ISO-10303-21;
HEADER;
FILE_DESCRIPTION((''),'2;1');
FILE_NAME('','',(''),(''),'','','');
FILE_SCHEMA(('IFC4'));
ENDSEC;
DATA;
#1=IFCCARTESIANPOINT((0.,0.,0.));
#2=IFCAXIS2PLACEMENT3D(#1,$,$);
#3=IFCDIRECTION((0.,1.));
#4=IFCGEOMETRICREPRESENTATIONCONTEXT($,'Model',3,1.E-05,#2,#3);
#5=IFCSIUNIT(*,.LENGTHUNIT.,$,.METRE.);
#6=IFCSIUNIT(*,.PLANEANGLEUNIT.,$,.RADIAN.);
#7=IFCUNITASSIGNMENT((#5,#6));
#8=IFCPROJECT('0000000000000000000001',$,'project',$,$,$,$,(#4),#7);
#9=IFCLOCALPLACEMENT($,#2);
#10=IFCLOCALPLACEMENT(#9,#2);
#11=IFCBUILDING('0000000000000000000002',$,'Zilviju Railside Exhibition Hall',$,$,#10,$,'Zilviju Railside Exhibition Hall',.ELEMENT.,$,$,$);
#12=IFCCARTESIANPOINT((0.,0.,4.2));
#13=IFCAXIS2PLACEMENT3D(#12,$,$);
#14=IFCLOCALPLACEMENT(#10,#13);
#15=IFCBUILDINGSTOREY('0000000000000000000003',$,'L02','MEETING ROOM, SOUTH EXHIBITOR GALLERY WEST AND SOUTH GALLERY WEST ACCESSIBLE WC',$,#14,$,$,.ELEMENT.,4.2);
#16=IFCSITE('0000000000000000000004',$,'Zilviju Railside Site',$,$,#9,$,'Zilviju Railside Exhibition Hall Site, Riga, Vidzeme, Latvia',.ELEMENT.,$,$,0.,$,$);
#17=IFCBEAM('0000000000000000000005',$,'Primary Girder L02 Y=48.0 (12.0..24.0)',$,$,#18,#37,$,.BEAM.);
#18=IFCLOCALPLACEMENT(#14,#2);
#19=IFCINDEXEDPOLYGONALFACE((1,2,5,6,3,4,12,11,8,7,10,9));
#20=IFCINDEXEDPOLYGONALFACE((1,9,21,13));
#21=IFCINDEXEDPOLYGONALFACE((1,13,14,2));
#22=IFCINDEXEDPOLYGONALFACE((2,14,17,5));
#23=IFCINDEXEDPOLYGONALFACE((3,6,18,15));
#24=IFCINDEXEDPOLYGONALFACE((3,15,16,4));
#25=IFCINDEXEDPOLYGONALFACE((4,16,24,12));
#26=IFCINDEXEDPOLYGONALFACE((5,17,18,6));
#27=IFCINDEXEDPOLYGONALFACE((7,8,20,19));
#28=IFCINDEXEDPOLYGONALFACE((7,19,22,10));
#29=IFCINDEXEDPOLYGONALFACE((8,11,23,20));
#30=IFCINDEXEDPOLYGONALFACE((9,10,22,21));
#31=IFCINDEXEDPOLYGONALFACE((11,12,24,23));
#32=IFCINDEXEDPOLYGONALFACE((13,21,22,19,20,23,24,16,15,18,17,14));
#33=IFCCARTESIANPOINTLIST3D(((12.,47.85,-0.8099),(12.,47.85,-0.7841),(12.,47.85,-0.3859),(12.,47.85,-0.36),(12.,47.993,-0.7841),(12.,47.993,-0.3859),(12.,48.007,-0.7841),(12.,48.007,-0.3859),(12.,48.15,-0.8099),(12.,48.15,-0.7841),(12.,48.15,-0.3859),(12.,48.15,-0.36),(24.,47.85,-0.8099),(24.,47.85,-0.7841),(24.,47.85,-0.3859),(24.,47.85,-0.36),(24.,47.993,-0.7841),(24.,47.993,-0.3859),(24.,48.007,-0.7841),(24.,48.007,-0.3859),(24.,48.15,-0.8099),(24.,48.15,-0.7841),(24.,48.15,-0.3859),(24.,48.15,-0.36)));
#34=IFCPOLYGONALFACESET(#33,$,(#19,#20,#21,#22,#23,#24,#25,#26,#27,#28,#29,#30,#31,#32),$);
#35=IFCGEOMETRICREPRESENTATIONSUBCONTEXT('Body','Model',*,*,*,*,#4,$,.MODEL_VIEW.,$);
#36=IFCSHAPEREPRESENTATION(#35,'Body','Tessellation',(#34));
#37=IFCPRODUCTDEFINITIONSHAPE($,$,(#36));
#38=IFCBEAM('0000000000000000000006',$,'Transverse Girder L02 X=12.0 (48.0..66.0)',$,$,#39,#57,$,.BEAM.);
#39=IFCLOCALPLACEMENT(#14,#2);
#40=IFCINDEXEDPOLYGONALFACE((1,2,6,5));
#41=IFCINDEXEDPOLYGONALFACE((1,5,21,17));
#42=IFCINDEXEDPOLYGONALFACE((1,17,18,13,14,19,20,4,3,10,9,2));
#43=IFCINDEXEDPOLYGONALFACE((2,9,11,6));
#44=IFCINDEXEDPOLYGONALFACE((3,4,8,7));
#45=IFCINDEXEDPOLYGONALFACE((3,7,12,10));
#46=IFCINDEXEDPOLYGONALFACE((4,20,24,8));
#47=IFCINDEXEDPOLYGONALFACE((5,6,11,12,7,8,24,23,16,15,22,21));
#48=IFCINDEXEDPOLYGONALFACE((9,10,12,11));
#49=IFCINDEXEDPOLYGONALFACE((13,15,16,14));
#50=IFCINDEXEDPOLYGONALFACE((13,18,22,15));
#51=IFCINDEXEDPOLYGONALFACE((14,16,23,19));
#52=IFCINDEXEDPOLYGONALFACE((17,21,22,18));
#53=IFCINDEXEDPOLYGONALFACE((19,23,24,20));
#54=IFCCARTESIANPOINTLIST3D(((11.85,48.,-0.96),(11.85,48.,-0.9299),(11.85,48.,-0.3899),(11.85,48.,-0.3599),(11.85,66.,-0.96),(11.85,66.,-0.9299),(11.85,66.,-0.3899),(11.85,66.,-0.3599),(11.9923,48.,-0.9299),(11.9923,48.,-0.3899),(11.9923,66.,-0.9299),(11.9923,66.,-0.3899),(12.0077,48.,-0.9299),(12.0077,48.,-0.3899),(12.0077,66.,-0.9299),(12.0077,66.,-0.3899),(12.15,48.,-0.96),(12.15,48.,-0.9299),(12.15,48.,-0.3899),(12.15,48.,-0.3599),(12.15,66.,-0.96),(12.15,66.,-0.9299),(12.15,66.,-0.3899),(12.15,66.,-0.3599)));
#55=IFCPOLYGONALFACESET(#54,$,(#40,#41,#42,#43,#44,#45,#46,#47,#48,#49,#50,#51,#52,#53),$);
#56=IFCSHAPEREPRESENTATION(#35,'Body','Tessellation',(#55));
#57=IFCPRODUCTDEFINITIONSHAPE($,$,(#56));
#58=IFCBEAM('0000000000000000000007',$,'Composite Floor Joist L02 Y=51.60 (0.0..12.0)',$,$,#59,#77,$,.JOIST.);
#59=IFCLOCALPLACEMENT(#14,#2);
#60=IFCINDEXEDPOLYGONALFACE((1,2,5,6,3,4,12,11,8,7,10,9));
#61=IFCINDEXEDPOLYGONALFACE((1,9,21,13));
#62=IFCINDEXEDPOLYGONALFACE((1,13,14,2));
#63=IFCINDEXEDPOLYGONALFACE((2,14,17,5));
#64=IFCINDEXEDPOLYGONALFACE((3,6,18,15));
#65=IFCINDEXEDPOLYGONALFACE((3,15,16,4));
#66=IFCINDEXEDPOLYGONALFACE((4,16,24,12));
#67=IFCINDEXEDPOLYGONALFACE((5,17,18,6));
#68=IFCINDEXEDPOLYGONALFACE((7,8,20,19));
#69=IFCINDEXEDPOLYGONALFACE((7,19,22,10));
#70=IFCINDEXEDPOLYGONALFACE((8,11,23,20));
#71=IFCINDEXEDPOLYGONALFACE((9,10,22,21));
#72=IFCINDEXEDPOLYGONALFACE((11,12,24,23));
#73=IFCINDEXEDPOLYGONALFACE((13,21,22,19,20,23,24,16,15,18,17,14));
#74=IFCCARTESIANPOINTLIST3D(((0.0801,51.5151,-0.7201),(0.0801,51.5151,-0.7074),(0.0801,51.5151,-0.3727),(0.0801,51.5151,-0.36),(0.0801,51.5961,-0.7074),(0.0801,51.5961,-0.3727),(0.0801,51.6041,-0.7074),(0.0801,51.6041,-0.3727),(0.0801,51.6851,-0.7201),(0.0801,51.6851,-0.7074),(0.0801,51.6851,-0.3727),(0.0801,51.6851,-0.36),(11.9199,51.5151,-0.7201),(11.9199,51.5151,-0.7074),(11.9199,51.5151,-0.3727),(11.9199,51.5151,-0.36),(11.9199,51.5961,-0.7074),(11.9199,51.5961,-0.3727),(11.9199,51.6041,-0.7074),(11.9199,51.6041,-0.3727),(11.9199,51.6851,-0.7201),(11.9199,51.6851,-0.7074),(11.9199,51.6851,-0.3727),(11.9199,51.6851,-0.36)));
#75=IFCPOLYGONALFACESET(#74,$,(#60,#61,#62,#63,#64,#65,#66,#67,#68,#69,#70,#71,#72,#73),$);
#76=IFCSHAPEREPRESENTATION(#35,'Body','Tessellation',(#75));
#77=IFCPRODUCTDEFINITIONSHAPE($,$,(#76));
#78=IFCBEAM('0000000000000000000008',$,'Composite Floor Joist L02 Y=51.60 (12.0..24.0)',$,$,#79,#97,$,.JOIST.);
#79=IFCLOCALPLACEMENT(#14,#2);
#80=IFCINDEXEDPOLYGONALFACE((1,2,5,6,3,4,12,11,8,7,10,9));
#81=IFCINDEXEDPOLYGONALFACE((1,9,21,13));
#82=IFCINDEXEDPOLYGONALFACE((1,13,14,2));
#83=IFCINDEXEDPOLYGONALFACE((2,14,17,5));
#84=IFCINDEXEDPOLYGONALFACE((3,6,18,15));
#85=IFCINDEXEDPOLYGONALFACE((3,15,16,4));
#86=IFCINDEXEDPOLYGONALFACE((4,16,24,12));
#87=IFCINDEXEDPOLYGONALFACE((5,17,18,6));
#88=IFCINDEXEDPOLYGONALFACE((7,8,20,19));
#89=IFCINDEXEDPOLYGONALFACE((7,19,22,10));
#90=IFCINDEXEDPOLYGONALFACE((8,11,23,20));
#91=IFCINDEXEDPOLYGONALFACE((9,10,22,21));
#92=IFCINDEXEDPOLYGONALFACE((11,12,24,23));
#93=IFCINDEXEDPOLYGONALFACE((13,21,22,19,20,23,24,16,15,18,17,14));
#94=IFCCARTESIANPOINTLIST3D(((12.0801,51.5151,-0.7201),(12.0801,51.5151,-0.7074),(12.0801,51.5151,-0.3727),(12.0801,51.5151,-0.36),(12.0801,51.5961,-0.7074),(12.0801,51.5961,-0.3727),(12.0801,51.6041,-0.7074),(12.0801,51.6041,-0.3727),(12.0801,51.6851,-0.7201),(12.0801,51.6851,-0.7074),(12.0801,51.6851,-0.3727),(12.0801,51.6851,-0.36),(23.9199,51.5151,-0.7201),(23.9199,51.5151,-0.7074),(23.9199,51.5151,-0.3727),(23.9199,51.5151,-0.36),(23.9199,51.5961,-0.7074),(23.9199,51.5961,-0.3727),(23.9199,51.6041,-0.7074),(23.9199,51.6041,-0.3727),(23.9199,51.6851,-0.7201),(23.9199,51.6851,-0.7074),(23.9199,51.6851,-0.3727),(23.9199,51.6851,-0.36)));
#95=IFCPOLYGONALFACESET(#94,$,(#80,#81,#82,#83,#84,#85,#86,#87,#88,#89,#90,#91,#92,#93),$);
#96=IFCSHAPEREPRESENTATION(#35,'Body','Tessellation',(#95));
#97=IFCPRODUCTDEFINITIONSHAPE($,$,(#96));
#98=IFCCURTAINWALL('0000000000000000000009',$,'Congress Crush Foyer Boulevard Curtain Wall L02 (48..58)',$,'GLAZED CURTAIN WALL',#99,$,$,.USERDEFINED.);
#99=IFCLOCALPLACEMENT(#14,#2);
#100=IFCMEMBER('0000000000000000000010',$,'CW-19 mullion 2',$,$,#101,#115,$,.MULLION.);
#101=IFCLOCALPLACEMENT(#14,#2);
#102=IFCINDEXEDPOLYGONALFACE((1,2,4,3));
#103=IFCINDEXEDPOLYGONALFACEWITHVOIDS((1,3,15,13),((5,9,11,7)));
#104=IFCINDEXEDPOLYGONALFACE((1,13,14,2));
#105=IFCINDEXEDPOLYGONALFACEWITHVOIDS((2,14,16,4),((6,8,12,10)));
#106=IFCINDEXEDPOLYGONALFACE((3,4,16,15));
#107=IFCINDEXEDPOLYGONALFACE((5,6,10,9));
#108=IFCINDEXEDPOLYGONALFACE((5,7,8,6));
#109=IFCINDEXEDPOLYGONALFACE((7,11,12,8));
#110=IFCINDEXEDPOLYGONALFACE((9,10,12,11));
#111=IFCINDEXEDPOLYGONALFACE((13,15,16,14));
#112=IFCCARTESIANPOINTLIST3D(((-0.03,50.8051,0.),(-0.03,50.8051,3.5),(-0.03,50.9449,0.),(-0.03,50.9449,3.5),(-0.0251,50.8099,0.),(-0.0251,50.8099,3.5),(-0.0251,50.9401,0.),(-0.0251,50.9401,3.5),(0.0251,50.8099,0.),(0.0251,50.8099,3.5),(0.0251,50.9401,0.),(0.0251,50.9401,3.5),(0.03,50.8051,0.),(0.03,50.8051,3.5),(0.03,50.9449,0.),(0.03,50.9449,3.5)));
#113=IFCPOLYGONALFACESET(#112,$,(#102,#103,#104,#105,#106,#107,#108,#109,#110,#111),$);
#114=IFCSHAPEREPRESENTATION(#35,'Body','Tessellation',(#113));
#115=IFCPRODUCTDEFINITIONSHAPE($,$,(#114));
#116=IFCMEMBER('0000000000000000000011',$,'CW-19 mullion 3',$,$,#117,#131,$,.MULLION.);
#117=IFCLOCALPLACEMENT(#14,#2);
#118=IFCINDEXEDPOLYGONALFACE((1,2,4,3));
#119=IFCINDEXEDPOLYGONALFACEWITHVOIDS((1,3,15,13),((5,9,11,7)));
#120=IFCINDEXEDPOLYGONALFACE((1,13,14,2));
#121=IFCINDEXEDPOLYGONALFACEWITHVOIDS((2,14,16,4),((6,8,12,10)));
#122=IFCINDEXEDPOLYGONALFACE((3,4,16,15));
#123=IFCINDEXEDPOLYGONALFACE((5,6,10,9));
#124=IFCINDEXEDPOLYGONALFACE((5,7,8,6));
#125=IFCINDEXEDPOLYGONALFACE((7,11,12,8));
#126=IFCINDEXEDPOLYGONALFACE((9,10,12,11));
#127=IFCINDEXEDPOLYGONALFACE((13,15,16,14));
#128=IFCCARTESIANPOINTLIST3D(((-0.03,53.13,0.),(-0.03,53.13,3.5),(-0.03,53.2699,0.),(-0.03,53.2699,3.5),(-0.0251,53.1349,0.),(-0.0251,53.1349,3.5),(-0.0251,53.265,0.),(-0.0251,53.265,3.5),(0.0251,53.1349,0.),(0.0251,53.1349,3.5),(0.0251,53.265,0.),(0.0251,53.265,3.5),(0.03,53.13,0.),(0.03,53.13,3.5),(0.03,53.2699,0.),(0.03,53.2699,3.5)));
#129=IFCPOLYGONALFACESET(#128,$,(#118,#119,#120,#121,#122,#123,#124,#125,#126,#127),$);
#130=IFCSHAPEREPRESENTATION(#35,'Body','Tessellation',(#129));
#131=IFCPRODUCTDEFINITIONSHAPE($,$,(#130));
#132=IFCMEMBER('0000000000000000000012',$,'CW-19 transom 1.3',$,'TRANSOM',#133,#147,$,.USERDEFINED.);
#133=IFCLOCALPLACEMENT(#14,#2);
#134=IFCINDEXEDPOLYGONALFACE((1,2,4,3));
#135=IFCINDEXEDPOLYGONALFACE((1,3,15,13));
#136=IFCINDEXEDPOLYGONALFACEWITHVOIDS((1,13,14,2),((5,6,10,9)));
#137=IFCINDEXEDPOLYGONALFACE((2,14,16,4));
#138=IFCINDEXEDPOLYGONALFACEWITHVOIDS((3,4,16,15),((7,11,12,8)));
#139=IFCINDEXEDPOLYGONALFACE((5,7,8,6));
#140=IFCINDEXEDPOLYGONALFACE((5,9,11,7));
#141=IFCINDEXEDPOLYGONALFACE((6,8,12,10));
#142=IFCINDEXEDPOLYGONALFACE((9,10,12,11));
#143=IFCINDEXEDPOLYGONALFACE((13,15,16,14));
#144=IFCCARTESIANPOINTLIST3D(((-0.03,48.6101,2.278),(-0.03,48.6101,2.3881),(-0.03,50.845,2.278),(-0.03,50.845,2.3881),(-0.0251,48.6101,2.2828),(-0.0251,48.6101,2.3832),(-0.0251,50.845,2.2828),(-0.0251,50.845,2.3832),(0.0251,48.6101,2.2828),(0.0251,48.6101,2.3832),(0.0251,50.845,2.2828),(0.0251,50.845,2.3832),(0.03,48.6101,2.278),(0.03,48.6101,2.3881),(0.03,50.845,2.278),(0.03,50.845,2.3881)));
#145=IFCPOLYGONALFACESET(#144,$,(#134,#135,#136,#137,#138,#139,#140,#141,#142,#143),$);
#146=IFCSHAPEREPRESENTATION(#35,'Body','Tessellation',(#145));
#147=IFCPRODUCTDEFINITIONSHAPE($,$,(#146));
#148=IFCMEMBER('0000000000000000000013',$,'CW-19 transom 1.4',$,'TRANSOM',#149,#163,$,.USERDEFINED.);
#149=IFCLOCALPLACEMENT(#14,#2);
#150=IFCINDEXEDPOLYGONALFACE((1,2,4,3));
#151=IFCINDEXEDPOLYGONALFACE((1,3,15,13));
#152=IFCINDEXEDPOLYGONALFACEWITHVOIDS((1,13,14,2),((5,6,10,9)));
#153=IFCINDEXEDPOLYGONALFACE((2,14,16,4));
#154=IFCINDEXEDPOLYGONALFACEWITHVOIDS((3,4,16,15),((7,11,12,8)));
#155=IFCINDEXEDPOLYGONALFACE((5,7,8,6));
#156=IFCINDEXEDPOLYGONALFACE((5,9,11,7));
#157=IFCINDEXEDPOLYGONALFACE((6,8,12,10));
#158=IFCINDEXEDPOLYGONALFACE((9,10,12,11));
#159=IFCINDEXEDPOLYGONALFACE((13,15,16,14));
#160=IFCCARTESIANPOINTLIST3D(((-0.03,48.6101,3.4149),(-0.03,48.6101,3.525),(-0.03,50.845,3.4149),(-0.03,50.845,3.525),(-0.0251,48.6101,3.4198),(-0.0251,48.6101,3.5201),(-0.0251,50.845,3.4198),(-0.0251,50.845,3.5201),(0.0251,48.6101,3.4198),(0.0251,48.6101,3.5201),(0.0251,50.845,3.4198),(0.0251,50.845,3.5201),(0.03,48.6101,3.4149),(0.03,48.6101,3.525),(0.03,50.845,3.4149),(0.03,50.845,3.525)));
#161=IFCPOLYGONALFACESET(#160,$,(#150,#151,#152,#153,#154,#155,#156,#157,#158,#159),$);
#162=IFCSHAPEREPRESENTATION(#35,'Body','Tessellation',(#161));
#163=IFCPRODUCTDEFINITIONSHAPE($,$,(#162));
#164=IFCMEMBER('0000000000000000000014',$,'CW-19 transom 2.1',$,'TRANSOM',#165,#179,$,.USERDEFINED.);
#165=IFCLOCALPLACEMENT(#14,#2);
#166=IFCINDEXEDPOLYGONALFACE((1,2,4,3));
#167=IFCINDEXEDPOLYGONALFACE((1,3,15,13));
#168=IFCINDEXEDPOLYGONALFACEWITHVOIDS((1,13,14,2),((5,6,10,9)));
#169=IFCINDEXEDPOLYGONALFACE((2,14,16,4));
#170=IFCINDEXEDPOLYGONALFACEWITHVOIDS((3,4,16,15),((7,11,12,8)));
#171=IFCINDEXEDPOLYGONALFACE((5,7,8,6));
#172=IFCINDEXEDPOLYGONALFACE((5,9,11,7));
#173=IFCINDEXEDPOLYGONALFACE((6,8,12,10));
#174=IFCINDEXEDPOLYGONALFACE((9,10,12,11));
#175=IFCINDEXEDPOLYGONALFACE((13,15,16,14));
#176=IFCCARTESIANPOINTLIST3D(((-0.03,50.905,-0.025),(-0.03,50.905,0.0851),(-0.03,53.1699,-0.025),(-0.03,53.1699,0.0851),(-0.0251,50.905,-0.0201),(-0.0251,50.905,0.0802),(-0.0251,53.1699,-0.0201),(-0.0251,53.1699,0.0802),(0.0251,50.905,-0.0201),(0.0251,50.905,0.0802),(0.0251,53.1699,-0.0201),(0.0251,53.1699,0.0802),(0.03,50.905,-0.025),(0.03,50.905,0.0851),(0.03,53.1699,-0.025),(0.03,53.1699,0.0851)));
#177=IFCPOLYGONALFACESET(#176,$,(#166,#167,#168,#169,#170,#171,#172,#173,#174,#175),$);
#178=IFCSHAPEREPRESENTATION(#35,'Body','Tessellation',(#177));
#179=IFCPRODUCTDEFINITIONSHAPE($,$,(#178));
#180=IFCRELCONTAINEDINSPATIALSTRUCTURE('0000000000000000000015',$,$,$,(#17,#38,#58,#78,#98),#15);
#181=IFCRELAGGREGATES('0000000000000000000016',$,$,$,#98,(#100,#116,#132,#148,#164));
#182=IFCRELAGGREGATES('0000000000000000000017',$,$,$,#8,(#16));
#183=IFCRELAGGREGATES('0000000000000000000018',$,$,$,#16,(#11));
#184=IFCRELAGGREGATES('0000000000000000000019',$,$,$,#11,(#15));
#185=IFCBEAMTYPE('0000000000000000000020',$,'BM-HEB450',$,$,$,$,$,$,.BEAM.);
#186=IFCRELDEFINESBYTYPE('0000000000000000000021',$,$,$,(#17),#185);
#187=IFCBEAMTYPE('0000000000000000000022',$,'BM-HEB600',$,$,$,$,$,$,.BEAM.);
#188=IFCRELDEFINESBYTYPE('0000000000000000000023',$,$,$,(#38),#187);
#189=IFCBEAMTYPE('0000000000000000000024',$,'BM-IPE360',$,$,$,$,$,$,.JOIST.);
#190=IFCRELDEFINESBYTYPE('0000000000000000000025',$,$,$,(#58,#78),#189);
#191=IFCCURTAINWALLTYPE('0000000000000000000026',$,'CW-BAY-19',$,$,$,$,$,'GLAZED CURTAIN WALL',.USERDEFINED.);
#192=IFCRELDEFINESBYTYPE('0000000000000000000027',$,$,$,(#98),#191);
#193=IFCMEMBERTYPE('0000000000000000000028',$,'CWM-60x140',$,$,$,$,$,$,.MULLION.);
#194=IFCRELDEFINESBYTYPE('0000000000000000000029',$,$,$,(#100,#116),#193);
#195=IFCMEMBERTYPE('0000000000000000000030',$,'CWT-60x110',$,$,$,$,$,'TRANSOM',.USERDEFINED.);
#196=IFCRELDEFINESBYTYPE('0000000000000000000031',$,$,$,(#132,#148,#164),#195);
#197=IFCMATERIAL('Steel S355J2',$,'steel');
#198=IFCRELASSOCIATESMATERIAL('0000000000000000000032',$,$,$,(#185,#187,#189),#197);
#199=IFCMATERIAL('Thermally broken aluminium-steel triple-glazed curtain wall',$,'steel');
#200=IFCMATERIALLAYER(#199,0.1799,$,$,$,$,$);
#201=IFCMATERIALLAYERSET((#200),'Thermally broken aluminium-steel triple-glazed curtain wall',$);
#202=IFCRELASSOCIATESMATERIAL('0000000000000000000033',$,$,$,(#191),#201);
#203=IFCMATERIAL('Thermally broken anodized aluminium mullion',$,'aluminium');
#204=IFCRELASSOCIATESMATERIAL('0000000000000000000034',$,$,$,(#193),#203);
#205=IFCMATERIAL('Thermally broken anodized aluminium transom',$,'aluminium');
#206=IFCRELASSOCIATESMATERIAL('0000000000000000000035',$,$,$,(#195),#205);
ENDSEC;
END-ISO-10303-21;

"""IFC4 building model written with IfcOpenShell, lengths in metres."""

from ifc_helpers import new_model, si_unit, direction, frame, origin, origin_2d, place, context, subcontext, project, spatial, hollow_rectangle, i_section, extrude, material, layer, layer_set, material_profile, profile_set, type_object, element, aggregate, save


model = new_model("IFC4")

# Units and contexts
model_context = context("Model", 3, precision=1e-05, world=origin(), true_north=direction((0.0, 1.0)))
body_context = subcontext(model_context, "Body", "Model", "MODEL_VIEW")
ifc_project = project(units=[si_unit("LENGTHUNIT", "METRE"), si_unit("PLANEANGLEUNIT", "RADIAN")], contexts=[model_context])

# Site, building, storey
site_placement = place(None, origin())
site = spatial("IfcSite", under=ifc_project, at=site_placement, Name="Zilviju Railside Site", LongName="Zilviju Railside Exhibition Hall Site, Riga, Vidzeme, Latvia", CompositionType="ELEMENT", RefElevation=0.0)
building_placement = place(site_placement, origin())
building = spatial("IfcBuilding", under=site, at=building_placement, Name="Zilviju Railside Exhibition Hall", LongName="Zilviju Railside Exhibition Hall", CompositionType="ELEMENT")
storey_placement = place(building_placement, frame((0.0, 0.0, 4.2)))
storey = spatial("IfcBuildingStorey", under=building, at=storey_placement, Name="L02", Description="MEETING ROOM, SOUTH EXHIBITOR GALLERY WEST AND SOUTH GALLERY WEST ACCESSIBLE WC", CompositionType="ELEMENT", Elevation=4.2)

# Beams
ifc_material_1 = material(Name="Steel S355J2", Category="steel")
ifc_material_profile_1 = material_profile(ifc_material_1, i_section(OverallWidth=0.3, OverallDepth=0.45, WebThickness=0.0139, FlangeThickness=0.0259, at=origin_2d()), Name="HEB 450")
ifc_profile_set_1 = profile_set([ifc_material_profile_1], Name="Steel S355J2")
beam_type_1 = type_object("IfcBeamType", Name="BM-HEB450", PredefinedType="BEAM", material=ifc_profile_set_1)
beam_1_placement = place(storey_placement, frame((12.0, 48.0, -0.585), z_axis=(1.0, 0.0, 0.0), x_axis=(0.0, 1.0, 0.0)))
element("IfcBeam", 1, at=beam_1_placement, inside=storey, type_object=beam_type_1, Name="Primary Girder L02 Y=48.0 (12.0..24.0)", PredefinedType="BEAM", context=body_context, shape_type="SweptSolid", body=[
    extrude(i_section(OverallWidth=0.3, OverallDepth=0.45, WebThickness=0.0139, FlangeThickness=0.0259, at=origin_2d()), origin(), (0.0, 0.0, 1.0), 12.0),
])
ifc_material_profile_2 = material_profile(ifc_material_1, i_section(OverallWidth=0.3, OverallDepth=0.6001, WebThickness=0.0154, FlangeThickness=0.03, at=origin_2d()), Name="HEB 600")
ifc_profile_set_2 = profile_set([ifc_material_profile_2], Name="Steel S355J2")
beam_type_2 = type_object("IfcBeamType", Name="BM-HEB600", PredefinedType="BEAM", material=ifc_profile_set_2)
beam_2_placement = place(storey_placement, frame((12.0, 48.0, -0.6599), z_axis=(0.0, 1.0, 0.0), x_axis=(-1.0, 0.0, 0.0)))
element("IfcBeam", 2, at=beam_2_placement, inside=storey, type_object=beam_type_2, Name="Transverse Girder L02 X=12.0 (48.0..66.0)", PredefinedType="BEAM", context=body_context, shape_type="SweptSolid", body=[
    extrude(i_section(OverallWidth=0.3, OverallDepth=0.6001, WebThickness=0.0154, FlangeThickness=0.03, at=origin_2d()), origin(), (0.0, 0.0, 1.0), 18.0),
])
ifc_material_profile_3 = material_profile(ifc_material_1, i_section(OverallWidth=0.1699, OverallDepth=0.3601, WebThickness=0.0081, FlangeThickness=0.0127, at=origin_2d()), Name="IPE 360")
ifc_profile_set_3 = profile_set([ifc_material_profile_3], Name="Steel S355J2")
beam_type_3 = type_object("IfcBeamType", Name="BM-IPE360", PredefinedType="JOIST", material=ifc_profile_set_3)
for number, where, z_axis, x_axis, name in (
    (3, (0.0801, 51.6001, -0.54), (1.0, 0.0, 0.0), (0.0, 1.0, 0.0), "Composite Floor Joist L02 Y=51.60 (0.0..12.0)"),
    (4, (12.0801, 51.6001, -0.54), (1.0, 0.0, 0.0), (0.0, 1.0, 0.0), "Composite Floor Joist L02 Y=51.60 (12.0..24.0)"),
):
    element("IfcBeam", number, at=place(storey_placement, frame(where, z_axis=z_axis, x_axis=x_axis)), inside=storey, type_object=beam_type_3, Name=name, PredefinedType="JOIST", context=body_context, shape_type="SweptSolid", body=[
        extrude(i_section(OverallWidth=0.1699, OverallDepth=0.3601, WebThickness=0.0081, FlangeThickness=0.0127, at=origin_2d()), origin(), (0.0, 0.0, 1.0), 11.8398),
    ])

# Curtain wall, members
ifc_material_2 = material(Name="Thermally broken aluminium-steel triple-glazed curtain wall", Category="steel")
ifc_layer_1 = layer(ifc_material_2, 0.1799)
ifc_layer_set_1 = layer_set([ifc_layer_1], Name="Thermally broken aluminium-steel triple-glazed curtain wall")
curtain_wall_type = type_object("IfcCurtainWallType", Name="CW-BAY-19", ElementType="GLAZED CURTAIN WALL", PredefinedType="USERDEFINED", material=ifc_layer_set_1)
curtain_wall_placement = place(storey_placement, origin())
curtain_wall = element("IfcCurtainWall", 5, at=curtain_wall_placement, inside=storey, type_object=curtain_wall_type, Name="Congress Crush Foyer Boulevard Curtain Wall L02 (48..58)", ObjectType="GLAZED CURTAIN WALL", PredefinedType="USERDEFINED")
ifc_material_3 = material(Name="Thermally broken anodized aluminium mullion", Category="aluminium")
ifc_material_profile_4 = material_profile(ifc_material_3, hollow_rectangle(XDim=0.0601, YDim=0.1399, WallThickness=0.0049, at=origin_2d()), Name="MULLION 140x60x5")
ifc_profile_set_4 = profile_set([ifc_material_profile_4], Name="Thermally broken anodized aluminium mullion")
member_type_1 = type_object("IfcMemberType", Name="CWM-60x140", PredefinedType="MULLION", material=ifc_profile_set_4)
member_1_placement = place(storey_placement, frame((0.0, 50.875, 0.0), z_axis=(0.0, 0.0, 1.0), x_axis=(-1.0, 0.0, 0.0)))
member_1 = element("IfcMember", 6, at=member_1_placement, type_object=member_type_1, Name="CW-19 mullion 2", PredefinedType="MULLION", context=body_context, shape_type="SweptSolid", body=[
    extrude(hollow_rectangle(XDim=0.0601, YDim=0.1399, WallThickness=0.0049, at=origin_2d()), origin(), (0.0, 0.0, 1.0), 3.5),
])
member_2_placement = place(storey_placement, frame((0.0, 53.2, 0.0), z_axis=(0.0, 0.0, 1.0), x_axis=(-1.0, 0.0, 0.0)))
member_2 = element("IfcMember", 7, at=member_2_placement, type_object=member_type_1, Name="CW-19 mullion 3", PredefinedType="MULLION", context=body_context, shape_type="SweptSolid", body=[
    extrude(hollow_rectangle(XDim=0.0601, YDim=0.1399, WallThickness=0.0049, at=origin_2d()), origin(), (0.0, 0.0, 1.0), 3.5),
])
ifc_material_4 = material(Name="Thermally broken anodized aluminium transom", Category="aluminium")
ifc_material_profile_5 = material_profile(ifc_material_4, hollow_rectangle(XDim=0.0601, YDim=0.1101, WallThickness=0.0049, at=origin_2d()), Name="TRANSOM 110x60x5")
ifc_profile_set_5 = profile_set([ifc_material_profile_5], Name="Thermally broken anodized aluminium transom")
member_type_2 = type_object("IfcMemberType", Name="CWT-60x110", ElementType="TRANSOM", PredefinedType="USERDEFINED", material=ifc_profile_set_5)
member_3_placement = place(storey_placement, frame((0.0, 48.6101, 2.333), z_axis=(0.0, 1.0, 0.0), x_axis=(-1.0, 0.0, 0.0)))
member_3 = element("IfcMember", 8, at=member_3_placement, type_object=member_type_2, Name="CW-19 transom 1.3", ObjectType="TRANSOM", PredefinedType="USERDEFINED", context=body_context, shape_type="SweptSolid", body=[
    extrude(hollow_rectangle(XDim=0.0601, YDim=0.1101, WallThickness=0.0049, at=origin_2d()), origin(), (0.0, 0.0, 1.0), 2.2349),
])
member_4_placement = place(storey_placement, frame((0.0, 48.6101, 3.47), z_axis=(0.0, 1.0, 0.0), x_axis=(-1.0, 0.0, 0.0)))
member_4 = element("IfcMember", 9, at=member_4_placement, type_object=member_type_2, Name="CW-19 transom 1.4", ObjectType="TRANSOM", PredefinedType="USERDEFINED", context=body_context, shape_type="SweptSolid", body=[
    extrude(hollow_rectangle(XDim=0.0601, YDim=0.1101, WallThickness=0.0049, at=origin_2d()), origin(), (0.0, 0.0, 1.0), 2.2349),
])
member_5_placement = place(storey_placement, frame((0.0, 50.905, 0.03), z_axis=(0.0, 1.0, 0.0), x_axis=(-1.0, 0.0, 0.0)))
member_5 = element("IfcMember", 10, at=member_5_placement, type_object=member_type_2, Name="CW-19 transom 2.1", ObjectType="TRANSOM", PredefinedType="USERDEFINED", context=body_context, shape_type="SweptSolid", body=[
    extrude(hollow_rectangle(XDim=0.0601, YDim=0.1101, WallThickness=0.0049, at=origin_2d()), origin(), (0.0, 0.0, 1.0), 2.2649),
])
aggregate(curtain_wall, [member_1, member_2, member_3, member_4, member_5])

save(model, "model.ifc")
